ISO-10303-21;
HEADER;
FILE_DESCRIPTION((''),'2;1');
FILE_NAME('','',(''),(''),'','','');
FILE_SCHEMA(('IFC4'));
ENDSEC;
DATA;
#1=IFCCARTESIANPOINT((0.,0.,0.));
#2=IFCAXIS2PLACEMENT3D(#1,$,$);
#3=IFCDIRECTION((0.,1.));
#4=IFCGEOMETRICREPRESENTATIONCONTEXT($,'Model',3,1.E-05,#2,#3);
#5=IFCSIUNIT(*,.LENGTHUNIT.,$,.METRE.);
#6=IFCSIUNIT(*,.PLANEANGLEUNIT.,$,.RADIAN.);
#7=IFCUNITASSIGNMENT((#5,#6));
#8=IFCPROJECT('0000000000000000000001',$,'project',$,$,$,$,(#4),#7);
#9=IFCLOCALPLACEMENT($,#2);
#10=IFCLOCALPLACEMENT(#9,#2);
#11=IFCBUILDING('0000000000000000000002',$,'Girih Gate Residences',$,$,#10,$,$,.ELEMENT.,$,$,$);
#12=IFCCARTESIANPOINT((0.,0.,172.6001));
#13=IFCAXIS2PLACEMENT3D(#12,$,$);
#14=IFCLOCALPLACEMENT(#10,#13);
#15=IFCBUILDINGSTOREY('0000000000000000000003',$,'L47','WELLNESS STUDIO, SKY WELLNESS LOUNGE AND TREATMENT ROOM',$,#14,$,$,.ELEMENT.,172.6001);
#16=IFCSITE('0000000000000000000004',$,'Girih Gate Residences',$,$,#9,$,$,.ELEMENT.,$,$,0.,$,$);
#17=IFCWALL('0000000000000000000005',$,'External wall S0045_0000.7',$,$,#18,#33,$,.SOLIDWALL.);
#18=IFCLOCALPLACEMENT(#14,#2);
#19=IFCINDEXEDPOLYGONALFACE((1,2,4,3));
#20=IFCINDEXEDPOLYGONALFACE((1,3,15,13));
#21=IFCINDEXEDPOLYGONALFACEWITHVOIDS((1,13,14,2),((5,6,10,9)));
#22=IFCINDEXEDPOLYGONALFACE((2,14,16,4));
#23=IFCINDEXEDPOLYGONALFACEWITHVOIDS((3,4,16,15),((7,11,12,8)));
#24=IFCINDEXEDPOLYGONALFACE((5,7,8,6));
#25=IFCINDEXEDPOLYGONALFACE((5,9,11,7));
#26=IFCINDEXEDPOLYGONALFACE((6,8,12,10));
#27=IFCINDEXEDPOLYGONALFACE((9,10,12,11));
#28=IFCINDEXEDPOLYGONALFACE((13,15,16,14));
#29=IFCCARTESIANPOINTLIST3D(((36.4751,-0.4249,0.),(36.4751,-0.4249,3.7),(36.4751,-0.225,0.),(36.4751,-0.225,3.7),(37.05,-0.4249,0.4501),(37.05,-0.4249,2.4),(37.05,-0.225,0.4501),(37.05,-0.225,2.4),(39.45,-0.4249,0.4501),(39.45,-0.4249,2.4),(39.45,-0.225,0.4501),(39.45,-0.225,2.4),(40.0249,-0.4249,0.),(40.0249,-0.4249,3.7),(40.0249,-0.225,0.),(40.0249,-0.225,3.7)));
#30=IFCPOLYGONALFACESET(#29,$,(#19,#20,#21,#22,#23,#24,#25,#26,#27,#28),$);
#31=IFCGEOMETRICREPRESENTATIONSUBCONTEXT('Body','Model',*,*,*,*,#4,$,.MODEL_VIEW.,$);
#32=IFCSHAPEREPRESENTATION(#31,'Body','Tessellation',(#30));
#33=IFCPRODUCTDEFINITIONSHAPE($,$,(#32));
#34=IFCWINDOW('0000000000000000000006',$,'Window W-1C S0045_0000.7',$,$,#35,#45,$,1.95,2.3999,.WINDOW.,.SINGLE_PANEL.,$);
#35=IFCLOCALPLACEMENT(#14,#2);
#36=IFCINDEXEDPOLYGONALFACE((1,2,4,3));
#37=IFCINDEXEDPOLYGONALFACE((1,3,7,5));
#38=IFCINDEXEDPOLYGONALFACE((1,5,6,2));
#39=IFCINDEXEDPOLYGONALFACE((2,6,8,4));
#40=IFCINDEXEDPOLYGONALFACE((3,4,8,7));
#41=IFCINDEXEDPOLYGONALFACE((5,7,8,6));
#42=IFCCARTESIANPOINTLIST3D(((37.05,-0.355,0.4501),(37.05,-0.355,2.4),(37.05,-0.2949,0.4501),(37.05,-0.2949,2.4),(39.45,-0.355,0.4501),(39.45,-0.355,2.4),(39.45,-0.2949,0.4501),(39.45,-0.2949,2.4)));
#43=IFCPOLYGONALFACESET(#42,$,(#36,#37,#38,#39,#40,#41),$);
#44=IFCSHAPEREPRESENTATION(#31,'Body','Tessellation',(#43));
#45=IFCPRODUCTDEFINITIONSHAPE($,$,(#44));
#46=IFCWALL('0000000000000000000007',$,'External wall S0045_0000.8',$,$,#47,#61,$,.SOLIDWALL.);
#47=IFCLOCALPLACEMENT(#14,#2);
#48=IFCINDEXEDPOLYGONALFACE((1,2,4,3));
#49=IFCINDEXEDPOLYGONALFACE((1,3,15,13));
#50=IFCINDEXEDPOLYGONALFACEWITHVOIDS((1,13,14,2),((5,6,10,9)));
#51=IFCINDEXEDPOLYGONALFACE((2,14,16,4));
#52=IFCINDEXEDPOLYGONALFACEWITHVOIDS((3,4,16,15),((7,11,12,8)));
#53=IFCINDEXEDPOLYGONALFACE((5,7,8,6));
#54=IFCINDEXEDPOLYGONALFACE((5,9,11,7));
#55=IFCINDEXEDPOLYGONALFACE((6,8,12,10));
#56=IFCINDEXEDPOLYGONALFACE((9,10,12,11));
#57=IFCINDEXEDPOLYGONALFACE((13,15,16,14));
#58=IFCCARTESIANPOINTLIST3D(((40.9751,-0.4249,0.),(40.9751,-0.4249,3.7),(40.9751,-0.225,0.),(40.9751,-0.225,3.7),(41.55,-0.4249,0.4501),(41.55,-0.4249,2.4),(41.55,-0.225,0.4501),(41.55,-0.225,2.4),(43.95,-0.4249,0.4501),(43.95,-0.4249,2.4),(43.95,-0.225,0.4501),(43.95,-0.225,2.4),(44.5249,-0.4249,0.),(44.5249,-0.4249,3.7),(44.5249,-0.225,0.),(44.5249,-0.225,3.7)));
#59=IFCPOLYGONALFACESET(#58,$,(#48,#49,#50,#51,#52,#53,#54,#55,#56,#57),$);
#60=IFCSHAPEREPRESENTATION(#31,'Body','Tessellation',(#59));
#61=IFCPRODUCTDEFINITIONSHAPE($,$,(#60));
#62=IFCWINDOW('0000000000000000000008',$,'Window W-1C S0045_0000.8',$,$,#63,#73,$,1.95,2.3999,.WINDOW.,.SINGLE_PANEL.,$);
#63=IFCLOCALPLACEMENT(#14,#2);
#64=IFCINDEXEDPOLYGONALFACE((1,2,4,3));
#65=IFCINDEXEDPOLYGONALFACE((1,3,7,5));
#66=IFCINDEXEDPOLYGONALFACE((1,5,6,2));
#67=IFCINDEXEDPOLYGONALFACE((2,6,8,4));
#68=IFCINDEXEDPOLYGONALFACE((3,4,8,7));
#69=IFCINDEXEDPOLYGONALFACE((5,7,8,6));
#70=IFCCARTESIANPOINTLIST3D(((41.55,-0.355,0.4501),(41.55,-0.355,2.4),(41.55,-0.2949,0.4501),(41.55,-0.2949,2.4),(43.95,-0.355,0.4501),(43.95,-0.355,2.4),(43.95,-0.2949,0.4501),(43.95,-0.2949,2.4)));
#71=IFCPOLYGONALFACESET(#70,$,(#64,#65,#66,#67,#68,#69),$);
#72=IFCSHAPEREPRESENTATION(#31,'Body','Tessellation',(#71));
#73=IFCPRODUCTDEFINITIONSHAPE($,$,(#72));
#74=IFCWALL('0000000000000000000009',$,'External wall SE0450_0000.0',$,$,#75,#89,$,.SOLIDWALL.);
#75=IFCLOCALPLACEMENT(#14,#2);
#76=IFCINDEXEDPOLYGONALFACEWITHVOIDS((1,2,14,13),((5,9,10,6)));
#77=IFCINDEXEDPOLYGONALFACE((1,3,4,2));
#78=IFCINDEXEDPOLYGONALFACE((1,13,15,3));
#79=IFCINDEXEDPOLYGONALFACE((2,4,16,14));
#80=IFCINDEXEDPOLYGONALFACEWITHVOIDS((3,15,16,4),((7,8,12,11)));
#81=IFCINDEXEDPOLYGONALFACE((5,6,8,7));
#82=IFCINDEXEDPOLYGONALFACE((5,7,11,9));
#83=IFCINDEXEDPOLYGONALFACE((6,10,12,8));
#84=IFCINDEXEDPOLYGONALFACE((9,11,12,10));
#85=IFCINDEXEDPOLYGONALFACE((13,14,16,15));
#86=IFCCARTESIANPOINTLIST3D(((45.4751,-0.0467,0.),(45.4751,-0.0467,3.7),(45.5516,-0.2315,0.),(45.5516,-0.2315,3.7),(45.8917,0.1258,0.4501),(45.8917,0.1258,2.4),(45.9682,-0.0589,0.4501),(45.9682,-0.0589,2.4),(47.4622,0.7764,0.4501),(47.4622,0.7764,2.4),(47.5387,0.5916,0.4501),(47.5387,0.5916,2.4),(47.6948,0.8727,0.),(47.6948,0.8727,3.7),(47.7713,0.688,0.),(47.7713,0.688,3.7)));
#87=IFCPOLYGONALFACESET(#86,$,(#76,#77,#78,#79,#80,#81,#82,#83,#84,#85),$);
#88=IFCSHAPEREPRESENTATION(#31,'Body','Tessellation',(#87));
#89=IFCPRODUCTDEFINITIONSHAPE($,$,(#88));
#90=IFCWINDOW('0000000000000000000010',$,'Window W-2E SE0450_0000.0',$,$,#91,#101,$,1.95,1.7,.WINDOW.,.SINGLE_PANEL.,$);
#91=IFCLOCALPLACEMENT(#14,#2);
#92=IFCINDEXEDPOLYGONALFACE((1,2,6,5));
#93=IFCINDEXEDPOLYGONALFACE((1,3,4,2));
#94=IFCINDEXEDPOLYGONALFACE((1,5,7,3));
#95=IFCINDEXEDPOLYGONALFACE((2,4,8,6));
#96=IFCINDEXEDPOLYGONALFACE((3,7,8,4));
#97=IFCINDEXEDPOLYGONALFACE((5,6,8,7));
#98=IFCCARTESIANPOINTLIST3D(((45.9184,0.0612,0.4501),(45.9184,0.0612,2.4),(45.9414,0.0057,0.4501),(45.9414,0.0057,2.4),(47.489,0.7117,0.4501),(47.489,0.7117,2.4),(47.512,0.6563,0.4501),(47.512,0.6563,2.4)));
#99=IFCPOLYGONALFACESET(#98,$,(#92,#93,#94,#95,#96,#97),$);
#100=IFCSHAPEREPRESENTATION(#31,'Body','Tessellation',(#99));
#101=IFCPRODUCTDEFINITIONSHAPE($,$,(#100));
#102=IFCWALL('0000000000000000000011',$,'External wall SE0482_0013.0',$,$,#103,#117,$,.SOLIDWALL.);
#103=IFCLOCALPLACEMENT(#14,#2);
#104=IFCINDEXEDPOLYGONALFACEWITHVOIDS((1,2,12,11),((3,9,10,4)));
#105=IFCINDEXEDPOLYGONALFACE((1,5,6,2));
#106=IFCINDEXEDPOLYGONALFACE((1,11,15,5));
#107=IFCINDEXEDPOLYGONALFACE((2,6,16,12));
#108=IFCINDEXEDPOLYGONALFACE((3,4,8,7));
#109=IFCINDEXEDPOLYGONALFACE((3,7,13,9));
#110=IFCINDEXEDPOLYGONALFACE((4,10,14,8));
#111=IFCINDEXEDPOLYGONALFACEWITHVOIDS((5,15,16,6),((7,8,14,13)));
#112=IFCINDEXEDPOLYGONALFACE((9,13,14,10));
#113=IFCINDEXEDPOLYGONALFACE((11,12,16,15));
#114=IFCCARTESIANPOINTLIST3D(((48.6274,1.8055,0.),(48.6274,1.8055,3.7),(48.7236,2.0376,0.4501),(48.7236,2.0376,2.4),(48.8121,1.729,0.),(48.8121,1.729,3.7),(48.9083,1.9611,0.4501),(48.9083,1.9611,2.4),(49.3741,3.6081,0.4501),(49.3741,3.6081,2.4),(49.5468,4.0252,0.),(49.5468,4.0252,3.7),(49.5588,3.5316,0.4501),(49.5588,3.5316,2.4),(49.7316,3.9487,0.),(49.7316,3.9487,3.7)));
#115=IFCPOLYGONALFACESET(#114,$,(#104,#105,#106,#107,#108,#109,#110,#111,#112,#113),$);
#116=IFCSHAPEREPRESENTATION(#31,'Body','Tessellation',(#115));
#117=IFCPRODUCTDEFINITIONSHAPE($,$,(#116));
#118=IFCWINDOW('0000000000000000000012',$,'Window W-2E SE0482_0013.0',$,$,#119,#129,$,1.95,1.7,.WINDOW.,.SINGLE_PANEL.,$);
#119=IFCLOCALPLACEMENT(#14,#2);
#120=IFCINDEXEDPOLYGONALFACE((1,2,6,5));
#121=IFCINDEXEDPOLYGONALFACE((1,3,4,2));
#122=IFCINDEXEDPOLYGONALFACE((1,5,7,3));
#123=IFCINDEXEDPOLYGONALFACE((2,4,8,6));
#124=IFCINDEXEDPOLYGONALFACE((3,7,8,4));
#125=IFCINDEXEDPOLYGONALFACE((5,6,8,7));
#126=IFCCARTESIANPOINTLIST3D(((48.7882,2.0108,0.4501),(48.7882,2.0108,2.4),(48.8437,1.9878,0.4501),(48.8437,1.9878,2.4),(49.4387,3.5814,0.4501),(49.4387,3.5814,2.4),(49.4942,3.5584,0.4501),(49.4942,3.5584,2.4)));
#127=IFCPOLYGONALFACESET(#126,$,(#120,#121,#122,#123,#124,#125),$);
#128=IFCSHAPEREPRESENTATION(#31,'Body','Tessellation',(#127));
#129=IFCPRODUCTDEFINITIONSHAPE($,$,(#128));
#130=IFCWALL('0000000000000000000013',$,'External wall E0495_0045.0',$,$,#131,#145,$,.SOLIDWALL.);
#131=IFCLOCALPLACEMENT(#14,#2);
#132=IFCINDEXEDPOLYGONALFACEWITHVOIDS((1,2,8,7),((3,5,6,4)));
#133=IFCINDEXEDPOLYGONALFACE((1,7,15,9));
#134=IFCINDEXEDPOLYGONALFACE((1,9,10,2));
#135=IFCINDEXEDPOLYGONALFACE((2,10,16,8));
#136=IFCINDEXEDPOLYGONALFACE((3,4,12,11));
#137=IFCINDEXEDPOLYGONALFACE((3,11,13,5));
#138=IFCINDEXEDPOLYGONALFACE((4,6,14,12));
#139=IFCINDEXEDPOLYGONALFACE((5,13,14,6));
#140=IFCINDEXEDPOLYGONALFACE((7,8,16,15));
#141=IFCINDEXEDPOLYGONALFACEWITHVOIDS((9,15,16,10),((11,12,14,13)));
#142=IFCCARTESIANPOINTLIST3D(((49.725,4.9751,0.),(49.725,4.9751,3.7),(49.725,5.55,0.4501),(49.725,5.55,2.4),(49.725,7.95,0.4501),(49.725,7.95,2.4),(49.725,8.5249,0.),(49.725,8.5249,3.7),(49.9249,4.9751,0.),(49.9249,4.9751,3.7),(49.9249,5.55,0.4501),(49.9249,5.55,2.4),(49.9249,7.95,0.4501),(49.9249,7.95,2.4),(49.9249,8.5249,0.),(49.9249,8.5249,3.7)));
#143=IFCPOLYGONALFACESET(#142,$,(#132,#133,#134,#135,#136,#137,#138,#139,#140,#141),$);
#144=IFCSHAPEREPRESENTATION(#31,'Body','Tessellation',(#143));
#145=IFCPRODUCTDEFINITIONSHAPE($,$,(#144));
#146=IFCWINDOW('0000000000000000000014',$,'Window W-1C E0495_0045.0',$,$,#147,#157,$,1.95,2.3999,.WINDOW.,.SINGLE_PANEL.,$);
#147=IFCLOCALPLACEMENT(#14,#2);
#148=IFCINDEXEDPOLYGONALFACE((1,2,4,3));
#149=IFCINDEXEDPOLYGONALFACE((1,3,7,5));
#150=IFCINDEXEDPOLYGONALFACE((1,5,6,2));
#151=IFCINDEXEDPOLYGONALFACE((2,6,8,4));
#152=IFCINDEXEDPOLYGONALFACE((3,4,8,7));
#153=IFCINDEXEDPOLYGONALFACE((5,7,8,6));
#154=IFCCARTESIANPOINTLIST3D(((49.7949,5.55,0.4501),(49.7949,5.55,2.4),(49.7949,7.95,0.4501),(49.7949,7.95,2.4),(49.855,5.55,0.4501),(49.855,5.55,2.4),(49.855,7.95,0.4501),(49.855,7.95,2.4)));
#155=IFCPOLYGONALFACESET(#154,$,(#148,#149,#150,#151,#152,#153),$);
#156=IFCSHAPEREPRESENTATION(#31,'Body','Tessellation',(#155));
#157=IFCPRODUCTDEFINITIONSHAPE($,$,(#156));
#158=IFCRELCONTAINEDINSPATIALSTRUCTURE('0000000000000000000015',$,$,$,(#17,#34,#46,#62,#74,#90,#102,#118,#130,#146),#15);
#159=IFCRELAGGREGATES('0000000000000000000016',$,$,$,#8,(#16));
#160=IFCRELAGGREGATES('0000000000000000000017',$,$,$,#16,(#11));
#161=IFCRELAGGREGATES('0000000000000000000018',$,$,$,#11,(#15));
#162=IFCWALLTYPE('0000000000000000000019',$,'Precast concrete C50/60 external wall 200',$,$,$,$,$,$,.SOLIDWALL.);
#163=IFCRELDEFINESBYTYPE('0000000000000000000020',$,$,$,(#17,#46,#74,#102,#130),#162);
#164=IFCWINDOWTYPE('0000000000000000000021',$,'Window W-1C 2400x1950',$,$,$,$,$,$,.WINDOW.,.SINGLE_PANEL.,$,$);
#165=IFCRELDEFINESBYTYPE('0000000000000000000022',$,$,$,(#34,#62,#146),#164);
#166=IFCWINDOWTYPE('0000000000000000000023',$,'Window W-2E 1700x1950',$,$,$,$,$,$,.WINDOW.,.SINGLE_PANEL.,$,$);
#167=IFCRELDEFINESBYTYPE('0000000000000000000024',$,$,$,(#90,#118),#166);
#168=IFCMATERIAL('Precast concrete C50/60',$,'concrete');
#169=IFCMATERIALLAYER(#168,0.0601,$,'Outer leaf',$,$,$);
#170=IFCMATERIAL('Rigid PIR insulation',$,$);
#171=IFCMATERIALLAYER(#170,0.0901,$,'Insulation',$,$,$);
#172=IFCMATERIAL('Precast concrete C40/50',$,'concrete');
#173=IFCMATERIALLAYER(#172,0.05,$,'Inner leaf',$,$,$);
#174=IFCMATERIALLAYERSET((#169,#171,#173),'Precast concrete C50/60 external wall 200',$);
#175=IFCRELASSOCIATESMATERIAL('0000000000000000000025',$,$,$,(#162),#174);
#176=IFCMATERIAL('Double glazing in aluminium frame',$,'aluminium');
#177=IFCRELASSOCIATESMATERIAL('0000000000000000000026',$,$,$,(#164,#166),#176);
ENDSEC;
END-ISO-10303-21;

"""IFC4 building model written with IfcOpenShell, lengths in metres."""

from ifc_helpers import new_model, si_unit, direction, frame, frame_2d, origin, place, context, subcontext, project, spatial, rectangle, extrude, material, layer, layer_set, type_object, element, fill, save


model = new_model("IFC4")

# Units and contexts
model_context = context("Model", 3, precision=1e-05, world=origin(), true_north=direction((0.0, 1.0)))
body_context = subcontext(model_context, "Body", "Model", "MODEL_VIEW")
ifc_project = project(units=[si_unit("LENGTHUNIT", "METRE"), si_unit("PLANEANGLEUNIT", "RADIAN")], contexts=[model_context])

# Site, building, storey
site_placement = place(None, origin())
site = spatial("IfcSite", under=ifc_project, at=site_placement, Name="Girih Gate Residences", CompositionType="ELEMENT", RefElevation=0.0)
building_placement = place(site_placement, origin())
building = spatial("IfcBuilding", under=site, at=building_placement, Name="Girih Gate Residences", CompositionType="ELEMENT")
storey_placement = place(building_placement, frame((0.0, 0.0, 172.6001)))
storey = spatial("IfcBuildingStorey", under=building, at=storey_placement, Name="L47", Description="WELLNESS STUDIO, SKY WELLNESS LOUNGE AND TREATMENT ROOM", CompositionType="ELEMENT", Elevation=172.6001)

# Walls, openings, windows
ifc_material_1 = material(Name="Precast concrete C50/60", Category="concrete")
ifc_layer_1 = layer(ifc_material_1, 0.0601, Name="Outer leaf")
ifc_material_2 = material(Name="Rigid PIR insulation")
ifc_layer_2 = layer(ifc_material_2, 0.0901, Name="Insulation")
ifc_material_3 = material(Name="Precast concrete C40/50", Category="concrete")
ifc_layer_3 = layer(ifc_material_3, 0.05, Name="Inner leaf")
ifc_layer_set_1 = layer_set([ifc_layer_1, ifc_layer_2, ifc_layer_3], Name="Precast concrete C50/60 external wall 200")
wall_type_1 = type_object("IfcWallType", Name="Precast concrete C50/60 external wall 200", PredefinedType="SOLIDWALL", material=ifc_layer_set_1)
wall_1_placement = place(storey_placement, frame((40.0249, -0.325, 0.0), z_axis=(0.0, 0.0, 1.0), x_axis=(-1.0, 0.0, 0.0)))
wall_1 = element("IfcWall", 1, at=wall_1_placement, inside=storey, type_object=wall_type_1, Name="External wall S0045_0000.7", PredefinedType="SOLIDWALL", context=body_context, shape_type="SweptSolid", body=[
    extrude(rectangle(XDim=3.5498, YDim=0.2, at=frame_2d((1.7749, 0.0))), origin(), (0.0, 0.0, 1.0), 3.7),
])
opening_1_placement = place(wall_1_placement, frame((0.575, 0.0, 0.45)))
opening_1 = element("IfcOpeningElement", 2, at=opening_1_placement, cuts=wall_1, PredefinedType="OPENING", context=body_context, shape_type="SweptSolid", body=[
    extrude(rectangle(XDim=2.3999, YDim=1.95, at=frame_2d((1.2, 0.9751))), frame((0.0, 0.1099, 0.0), z_axis=(0.0, -1.0, 0.0), x_axis=(1.0, 0.0, 0.0)), (0.0, 0.0, 1.0), 0.22),
])
ifc_material_4 = material(Name="Double glazing in aluminium frame", Category="aluminium")
window_type_1 = type_object("IfcWindowType", Name="Window W-1C 2400x1950", PartitioningType="SINGLE_PANEL", PredefinedType="WINDOW", material=ifc_material_4)
window_1_placement = place(opening_1_placement, origin())
window_1 = element("IfcWindow", 3, at=window_1_placement, inside=storey, type_object=window_type_1, Name="Window W-1C S0045_0000.7", OverallHeight=1.95, OverallWidth=2.3999, PartitioningType="SINGLE_PANEL", PredefinedType="WINDOW", context=body_context, shape_type="SweptSolid", body=[
    extrude(rectangle(XDim=2.3999, YDim=1.95, at=frame_2d((1.2, 0.9751))), frame((0.0, 0.03, 0.0), z_axis=(0.0, -1.0, 0.0), x_axis=(1.0, 0.0, 0.0)), (0.0, 0.0, 1.0), 0.0601),
])
fill(opening_1, window_1)
wall_2_placement = place(storey_placement, frame((44.5249, -0.325, 0.0), z_axis=(0.0, 0.0, 1.0), x_axis=(-1.0, 0.0, 0.0)))
wall_2 = element("IfcWall", 4, at=wall_2_placement, inside=storey, type_object=wall_type_1, Name="External wall S0045_0000.8", PredefinedType="SOLIDWALL", context=body_context, shape_type="SweptSolid", body=[
    extrude(rectangle(XDim=3.5498, YDim=0.2, at=frame_2d((1.7749, 0.0))), origin(), (0.0, 0.0, 1.0), 3.7),
])
opening_2_placement = place(wall_2_placement, frame((0.575, 0.0, 0.45)))
opening_2 = element("IfcOpeningElement", 5, at=opening_2_placement, cuts=wall_2, PredefinedType="OPENING", context=body_context, shape_type="SweptSolid", body=[
    extrude(rectangle(XDim=2.3999, YDim=1.95, at=frame_2d((1.2, 0.9751))), frame((0.0, 0.1099, 0.0), z_axis=(0.0, -1.0, 0.0), x_axis=(1.0, 0.0, 0.0)), (0.0, 0.0, 1.0), 0.22),
])
window_2_placement = place(opening_2_placement, origin())
window_2 = element("IfcWindow", 6, at=window_2_placement, inside=storey, type_object=window_type_1, Name="Window W-1C S0045_0000.8", OverallHeight=1.95, OverallWidth=2.3999, PartitioningType="SINGLE_PANEL", PredefinedType="WINDOW", context=body_context, shape_type="SweptSolid", body=[
    extrude(rectangle(XDim=2.3999, YDim=1.95, at=frame_2d((1.2, 0.9751))), frame((0.0, 0.03, 0.0), z_axis=(0.0, -1.0, 0.0), x_axis=(1.0, 0.0, 0.0)), (0.0, 0.0, 1.0), 0.0601),
])
fill(opening_2, window_2)
wall_3_placement = place(storey_placement, frame((47.7329, 0.7803, 0.0), z_axis=(0.0, 0.0, 1.0), x_axis=(-0.923881, -0.382681, 0.0)))
wall_3 = element("IfcWall", 7, at=wall_3_placement, inside=storey, type_object=wall_type_1, Name="External wall SE0450_0000.0", PredefinedType="SOLIDWALL", context=body_context, shape_type="SweptSolid", body=[
    extrude(rectangle(XDim=2.4026, YDim=0.2, at=frame_2d((1.2012, 0.0))), origin(), (0.0, 0.0, 1.0), 3.7),
])
opening_3_placement = place(wall_3_placement, frame((0.2515, 0.0, 0.45)))
opening_3 = element("IfcOpeningElement", 8, at=opening_3_placement, cuts=wall_3, PredefinedType="OPENING", context=body_context, shape_type="SweptSolid", body=[
    extrude(rectangle(XDim=1.7, YDim=1.95, at=frame_2d((0.8501, 0.9751))), frame((0.0, 0.1099, 0.0), z_axis=(0.0, -1.0, 0.0), x_axis=(1.0, 0.0, 0.0)), (0.0, 0.0, 1.0), 0.22),
])
window_type_2 = type_object("IfcWindowType", Name="Window W-2E 1700x1950", PartitioningType="SINGLE_PANEL", PredefinedType="WINDOW", material=ifc_material_4)
window_3_placement = place(opening_3_placement, origin())
window_3 = element("IfcWindow", 9, at=window_3_placement, inside=storey, type_object=window_type_2, Name="Window W-2E SE0450_0000.0", OverallHeight=1.95, OverallWidth=1.7, PartitioningType="SINGLE_PANEL", PredefinedType="WINDOW", context=body_context, shape_type="SweptSolid", body=[
    extrude(rectangle(XDim=1.7, YDim=1.95, at=frame_2d((0.8501, 0.9751))), frame((0.0, 0.03, 0.0), z_axis=(0.0, -1.0, 0.0), x_axis=(1.0, 0.0, 0.0)), (0.0, 0.0, 1.0), 0.0601),
])
fill(opening_3, window_3)
wall_4_placement = place(storey_placement, frame((49.6392, 3.9868, 0.0), z_axis=(0.0, 0.0, 1.0), x_axis=(-0.382681, -0.923881, 0.0)))
wall_4 = element("IfcWall", 10, at=wall_4_placement, inside=storey, type_object=wall_type_1, Name="External wall SE0482_0013.0", PredefinedType="SOLIDWALL", context=body_context, shape_type="SweptSolid", body=[
    extrude(rectangle(XDim=2.4026, YDim=0.2, at=frame_2d((1.2012, 0.0))), origin(), (0.0, 0.0, 1.0), 3.7),
])
opening_4_placement = place(wall_4_placement, frame((0.4512, 0.0, 0.45)))
opening_4 = element("IfcOpeningElement", 11, at=opening_4_placement, cuts=wall_4, PredefinedType="OPENING", context=body_context, shape_type="SweptSolid", body=[
    extrude(rectangle(XDim=1.7, YDim=1.95, at=frame_2d((0.8501, 0.9751))), frame((0.0, 0.1099, 0.0), z_axis=(0.0, -1.0, 0.0), x_axis=(1.0, 0.0, 0.0)), (0.0, 0.0, 1.0), 0.22),
])
window_4_placement = place(opening_4_placement, origin())
window_4 = element("IfcWindow", 12, at=window_4_placement, inside=storey, type_object=window_type_2, Name="Window W-2E SE0482_0013.0", OverallHeight=1.95, OverallWidth=1.7, PartitioningType="SINGLE_PANEL", PredefinedType="WINDOW", context=body_context, shape_type="SweptSolid", body=[
    extrude(rectangle(XDim=1.7, YDim=1.95, at=frame_2d((0.8501, 0.9751))), frame((0.0, 0.03, 0.0), z_axis=(0.0, -1.0, 0.0), x_axis=(1.0, 0.0, 0.0)), (0.0, 0.0, 1.0), 0.0601),
])
fill(opening_4, window_4)
wall_5_placement = place(storey_placement, frame((49.825, 8.5249, 0.0), z_axis=(0.0, 0.0, 1.0), x_axis=(0.0, -1.0, 0.0)))
wall_5 = element("IfcWall", 13, at=wall_5_placement, inside=storey, type_object=wall_type_1, Name="External wall E0495_0045.0", PredefinedType="SOLIDWALL", context=body_context, shape_type="SweptSolid", body=[
    extrude(rectangle(XDim=3.5498, YDim=0.2, at=frame_2d((1.7749, 0.0))), origin(), (0.0, 0.0, 1.0), 3.7),
])
opening_5_placement = place(wall_5_placement, frame((0.575, 0.0, 0.45)))
opening_5 = element("IfcOpeningElement", 14, at=opening_5_placement, cuts=wall_5, PredefinedType="OPENING", context=body_context, shape_type="SweptSolid", body=[
    extrude(rectangle(XDim=2.3999, YDim=1.95, at=frame_2d((1.2, 0.9751))), frame((0.0, 0.1099, 0.0), z_axis=(0.0, -1.0, 0.0), x_axis=(1.0, 0.0, 0.0)), (0.0, 0.0, 1.0), 0.22),
])
window_5_placement = place(opening_5_placement, origin())
window_5 = element("IfcWindow", 15, at=window_5_placement, inside=storey, type_object=window_type_1, Name="Window W-1C E0495_0045.0", OverallHeight=1.95, OverallWidth=2.3999, PartitioningType="SINGLE_PANEL", PredefinedType="WINDOW", context=body_context, shape_type="SweptSolid", body=[
    extrude(rectangle(XDim=2.3999, YDim=1.95, at=frame_2d((1.2, 0.9751))), frame((0.0, 0.03, 0.0), z_axis=(0.0, -1.0, 0.0), x_axis=(1.0, 0.0, 0.0)), (0.0, 0.0, 1.0), 0.0601),
])
fill(opening_5, window_5)

save(model, "model.ifc")
